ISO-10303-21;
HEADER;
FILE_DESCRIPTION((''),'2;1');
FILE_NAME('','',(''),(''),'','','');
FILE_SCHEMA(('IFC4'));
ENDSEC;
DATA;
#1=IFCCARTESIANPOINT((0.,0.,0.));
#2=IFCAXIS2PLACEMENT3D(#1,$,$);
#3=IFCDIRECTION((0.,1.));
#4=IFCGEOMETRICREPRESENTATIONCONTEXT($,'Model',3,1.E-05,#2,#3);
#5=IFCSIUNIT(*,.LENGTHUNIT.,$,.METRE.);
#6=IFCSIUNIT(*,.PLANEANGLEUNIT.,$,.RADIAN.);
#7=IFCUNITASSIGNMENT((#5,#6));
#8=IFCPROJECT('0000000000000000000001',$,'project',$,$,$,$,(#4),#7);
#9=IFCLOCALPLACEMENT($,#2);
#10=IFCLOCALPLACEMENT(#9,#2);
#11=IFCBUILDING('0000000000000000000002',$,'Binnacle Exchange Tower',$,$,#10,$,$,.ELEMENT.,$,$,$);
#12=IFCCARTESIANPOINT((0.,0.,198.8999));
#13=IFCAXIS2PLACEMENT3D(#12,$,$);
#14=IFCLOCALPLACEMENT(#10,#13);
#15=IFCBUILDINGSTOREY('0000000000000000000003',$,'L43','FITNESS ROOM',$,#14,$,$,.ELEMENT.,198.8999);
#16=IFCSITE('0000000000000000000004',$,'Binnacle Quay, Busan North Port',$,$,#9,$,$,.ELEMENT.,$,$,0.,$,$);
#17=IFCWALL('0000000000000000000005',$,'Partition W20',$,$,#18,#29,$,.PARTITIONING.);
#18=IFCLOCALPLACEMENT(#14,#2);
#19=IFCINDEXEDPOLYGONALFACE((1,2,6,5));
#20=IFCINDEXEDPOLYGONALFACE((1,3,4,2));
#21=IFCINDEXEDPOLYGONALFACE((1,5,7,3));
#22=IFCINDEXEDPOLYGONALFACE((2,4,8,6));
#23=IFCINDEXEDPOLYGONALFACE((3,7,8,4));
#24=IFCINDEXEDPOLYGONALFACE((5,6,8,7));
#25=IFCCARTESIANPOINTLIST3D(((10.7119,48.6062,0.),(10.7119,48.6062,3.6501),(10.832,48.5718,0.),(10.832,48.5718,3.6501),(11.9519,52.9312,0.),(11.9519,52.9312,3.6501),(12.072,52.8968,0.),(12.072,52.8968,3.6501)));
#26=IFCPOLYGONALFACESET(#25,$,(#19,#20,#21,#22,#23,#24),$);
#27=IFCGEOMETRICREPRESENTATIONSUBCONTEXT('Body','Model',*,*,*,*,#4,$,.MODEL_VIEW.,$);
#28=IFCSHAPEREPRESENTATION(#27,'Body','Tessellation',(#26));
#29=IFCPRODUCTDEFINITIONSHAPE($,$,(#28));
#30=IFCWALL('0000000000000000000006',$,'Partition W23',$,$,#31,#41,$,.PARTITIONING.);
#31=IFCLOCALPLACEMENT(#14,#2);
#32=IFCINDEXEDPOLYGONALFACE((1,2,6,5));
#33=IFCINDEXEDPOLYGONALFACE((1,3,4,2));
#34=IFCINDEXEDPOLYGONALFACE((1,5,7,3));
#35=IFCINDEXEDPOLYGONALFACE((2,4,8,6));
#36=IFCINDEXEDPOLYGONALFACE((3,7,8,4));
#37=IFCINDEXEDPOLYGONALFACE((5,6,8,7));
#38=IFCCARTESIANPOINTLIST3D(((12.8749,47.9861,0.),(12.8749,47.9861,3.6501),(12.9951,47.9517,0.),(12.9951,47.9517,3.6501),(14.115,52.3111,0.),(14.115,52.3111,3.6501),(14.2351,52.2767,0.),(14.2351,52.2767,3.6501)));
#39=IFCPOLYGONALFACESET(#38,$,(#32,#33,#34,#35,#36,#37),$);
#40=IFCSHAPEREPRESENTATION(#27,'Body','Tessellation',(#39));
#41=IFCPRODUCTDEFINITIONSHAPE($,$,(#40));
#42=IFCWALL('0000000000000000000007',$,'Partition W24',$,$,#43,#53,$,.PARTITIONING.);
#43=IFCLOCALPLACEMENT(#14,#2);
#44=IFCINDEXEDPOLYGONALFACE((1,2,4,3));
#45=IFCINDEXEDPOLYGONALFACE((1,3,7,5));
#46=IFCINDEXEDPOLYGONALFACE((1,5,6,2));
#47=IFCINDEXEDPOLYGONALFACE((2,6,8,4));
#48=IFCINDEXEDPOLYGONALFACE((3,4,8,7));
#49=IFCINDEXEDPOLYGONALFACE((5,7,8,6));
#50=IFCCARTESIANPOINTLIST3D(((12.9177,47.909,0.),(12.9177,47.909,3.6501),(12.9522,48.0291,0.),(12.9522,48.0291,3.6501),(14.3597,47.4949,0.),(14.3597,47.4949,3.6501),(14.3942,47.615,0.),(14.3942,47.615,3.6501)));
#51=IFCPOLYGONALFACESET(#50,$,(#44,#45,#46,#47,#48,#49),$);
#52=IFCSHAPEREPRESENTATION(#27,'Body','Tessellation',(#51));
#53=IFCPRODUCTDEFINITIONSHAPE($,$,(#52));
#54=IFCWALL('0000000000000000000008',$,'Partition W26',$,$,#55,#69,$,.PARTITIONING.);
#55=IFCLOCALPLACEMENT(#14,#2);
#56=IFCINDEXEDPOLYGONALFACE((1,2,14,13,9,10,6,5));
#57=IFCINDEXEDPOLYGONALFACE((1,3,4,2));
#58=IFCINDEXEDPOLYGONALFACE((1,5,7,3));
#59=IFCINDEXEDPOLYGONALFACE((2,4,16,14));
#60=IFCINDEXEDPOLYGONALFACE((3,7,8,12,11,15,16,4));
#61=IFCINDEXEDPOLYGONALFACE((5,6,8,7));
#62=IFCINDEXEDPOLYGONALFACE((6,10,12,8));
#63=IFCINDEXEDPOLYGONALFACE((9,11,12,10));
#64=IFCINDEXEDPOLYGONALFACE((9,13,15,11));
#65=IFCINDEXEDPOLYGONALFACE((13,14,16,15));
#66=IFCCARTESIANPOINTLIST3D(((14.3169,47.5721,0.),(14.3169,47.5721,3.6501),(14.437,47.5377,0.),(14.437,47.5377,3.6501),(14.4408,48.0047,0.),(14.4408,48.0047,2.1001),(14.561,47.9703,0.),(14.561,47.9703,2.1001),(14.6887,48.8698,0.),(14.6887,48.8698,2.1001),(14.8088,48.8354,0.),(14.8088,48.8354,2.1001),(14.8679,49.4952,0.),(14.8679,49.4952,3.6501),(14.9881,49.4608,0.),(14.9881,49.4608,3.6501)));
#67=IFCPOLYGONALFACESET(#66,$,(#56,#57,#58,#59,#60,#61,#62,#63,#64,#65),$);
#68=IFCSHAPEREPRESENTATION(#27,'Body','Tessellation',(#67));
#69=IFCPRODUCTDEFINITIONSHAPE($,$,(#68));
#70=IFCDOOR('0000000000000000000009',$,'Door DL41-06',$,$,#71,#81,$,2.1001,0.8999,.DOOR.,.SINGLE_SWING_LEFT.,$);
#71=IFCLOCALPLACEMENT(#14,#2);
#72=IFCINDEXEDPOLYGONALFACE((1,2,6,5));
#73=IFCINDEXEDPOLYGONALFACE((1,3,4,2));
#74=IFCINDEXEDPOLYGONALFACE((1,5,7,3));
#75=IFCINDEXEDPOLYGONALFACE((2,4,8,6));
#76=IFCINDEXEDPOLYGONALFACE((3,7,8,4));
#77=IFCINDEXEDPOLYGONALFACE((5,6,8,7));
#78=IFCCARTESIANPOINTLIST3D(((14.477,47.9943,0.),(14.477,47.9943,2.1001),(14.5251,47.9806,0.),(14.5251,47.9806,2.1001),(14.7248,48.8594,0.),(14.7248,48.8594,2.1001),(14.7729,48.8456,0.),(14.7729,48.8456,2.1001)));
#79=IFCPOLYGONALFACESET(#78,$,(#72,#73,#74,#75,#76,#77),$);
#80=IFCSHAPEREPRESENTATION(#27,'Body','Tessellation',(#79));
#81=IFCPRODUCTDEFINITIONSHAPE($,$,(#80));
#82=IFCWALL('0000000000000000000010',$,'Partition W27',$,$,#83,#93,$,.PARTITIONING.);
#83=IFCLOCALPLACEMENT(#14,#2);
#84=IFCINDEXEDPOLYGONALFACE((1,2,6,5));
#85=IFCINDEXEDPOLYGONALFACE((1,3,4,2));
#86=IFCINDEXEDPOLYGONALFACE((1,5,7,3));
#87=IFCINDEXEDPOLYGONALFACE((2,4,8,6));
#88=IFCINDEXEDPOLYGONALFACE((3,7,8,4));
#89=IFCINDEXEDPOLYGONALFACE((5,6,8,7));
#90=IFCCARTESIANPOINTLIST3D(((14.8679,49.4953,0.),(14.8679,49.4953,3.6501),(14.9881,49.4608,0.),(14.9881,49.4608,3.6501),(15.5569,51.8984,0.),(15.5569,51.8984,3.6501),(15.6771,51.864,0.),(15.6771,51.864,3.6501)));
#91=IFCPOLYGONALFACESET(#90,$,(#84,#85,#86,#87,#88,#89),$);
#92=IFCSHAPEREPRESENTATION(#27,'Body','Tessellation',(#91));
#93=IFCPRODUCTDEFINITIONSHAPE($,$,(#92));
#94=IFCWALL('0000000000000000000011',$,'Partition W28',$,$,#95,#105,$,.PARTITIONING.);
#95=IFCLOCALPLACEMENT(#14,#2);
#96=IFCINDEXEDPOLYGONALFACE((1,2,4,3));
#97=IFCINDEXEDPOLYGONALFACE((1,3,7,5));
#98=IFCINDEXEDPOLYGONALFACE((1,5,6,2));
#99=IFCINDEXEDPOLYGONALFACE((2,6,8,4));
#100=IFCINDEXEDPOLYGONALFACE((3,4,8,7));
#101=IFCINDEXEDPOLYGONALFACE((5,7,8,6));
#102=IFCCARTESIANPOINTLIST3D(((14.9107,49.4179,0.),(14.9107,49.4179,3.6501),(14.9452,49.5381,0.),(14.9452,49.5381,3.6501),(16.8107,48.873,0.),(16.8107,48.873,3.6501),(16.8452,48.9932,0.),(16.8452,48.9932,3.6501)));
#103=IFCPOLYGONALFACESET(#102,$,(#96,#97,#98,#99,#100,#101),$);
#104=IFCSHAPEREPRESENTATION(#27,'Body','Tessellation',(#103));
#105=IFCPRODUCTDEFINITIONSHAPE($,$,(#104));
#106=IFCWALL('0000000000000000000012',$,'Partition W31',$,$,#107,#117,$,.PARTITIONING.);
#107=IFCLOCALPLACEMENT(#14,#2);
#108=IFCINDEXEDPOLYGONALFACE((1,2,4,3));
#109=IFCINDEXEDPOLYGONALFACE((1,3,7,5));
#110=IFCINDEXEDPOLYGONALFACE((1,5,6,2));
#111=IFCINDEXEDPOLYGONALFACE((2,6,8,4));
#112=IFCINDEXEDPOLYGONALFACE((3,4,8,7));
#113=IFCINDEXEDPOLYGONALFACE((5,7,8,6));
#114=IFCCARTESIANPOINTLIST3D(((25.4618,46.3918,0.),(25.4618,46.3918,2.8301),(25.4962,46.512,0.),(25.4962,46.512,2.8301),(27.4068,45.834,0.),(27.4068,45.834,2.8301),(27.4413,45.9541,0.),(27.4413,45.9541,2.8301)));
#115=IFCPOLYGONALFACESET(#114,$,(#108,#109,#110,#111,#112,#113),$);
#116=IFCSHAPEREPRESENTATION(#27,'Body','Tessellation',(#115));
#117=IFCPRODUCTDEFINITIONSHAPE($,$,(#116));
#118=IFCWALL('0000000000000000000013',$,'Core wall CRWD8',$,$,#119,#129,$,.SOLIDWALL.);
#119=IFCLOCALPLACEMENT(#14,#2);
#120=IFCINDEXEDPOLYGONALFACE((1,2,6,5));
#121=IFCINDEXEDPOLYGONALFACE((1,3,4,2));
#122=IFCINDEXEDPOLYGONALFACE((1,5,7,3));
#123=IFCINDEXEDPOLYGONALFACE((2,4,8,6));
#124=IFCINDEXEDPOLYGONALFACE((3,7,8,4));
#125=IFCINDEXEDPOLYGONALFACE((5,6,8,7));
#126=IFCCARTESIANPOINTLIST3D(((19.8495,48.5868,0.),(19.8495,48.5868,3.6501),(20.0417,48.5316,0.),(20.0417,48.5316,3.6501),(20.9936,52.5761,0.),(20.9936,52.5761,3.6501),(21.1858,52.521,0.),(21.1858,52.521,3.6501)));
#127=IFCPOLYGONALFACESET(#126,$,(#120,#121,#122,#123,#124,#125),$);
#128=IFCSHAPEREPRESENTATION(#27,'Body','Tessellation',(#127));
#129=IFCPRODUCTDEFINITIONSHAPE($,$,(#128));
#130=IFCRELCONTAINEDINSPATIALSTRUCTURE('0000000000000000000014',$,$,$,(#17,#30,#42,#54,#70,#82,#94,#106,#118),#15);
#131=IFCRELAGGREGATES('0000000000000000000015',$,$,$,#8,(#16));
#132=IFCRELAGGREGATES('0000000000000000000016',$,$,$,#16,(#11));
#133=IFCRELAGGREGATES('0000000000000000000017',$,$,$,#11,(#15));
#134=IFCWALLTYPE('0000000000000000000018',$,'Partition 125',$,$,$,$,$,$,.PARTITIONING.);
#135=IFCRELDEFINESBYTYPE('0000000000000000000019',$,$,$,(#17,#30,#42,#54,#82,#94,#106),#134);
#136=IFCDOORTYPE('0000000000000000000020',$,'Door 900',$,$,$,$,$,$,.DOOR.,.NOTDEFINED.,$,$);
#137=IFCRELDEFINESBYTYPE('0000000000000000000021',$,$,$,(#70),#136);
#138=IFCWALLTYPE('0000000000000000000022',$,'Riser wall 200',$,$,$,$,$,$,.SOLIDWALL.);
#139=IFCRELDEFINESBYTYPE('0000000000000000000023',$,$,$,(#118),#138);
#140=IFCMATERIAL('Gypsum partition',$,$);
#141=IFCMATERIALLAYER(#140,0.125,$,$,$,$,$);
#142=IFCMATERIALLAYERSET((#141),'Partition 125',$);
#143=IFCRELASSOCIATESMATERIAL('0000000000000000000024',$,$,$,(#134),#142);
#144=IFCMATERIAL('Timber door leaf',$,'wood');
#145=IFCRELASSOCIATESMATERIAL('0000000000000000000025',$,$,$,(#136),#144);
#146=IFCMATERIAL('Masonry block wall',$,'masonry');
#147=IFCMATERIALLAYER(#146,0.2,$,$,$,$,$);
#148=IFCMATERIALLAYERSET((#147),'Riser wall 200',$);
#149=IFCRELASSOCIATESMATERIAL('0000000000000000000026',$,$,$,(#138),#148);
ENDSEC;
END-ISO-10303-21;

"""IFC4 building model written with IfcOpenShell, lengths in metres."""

from ifc_helpers import new_model, si_unit, direction, frame, frame_2d, origin, place, context, subcontext, project, spatial, rectangle, extrude, material, layer, layer_set, type_object, element, fill, save


model = new_model("IFC4")

# Units and contexts
model_context = context("Model", 3, precision=1e-05, world=origin(), true_north=direction((0.0, 1.0)))
body_context = subcontext(model_context, "Body", "Model", "MODEL_VIEW")
ifc_project = project(units=[si_unit("LENGTHUNIT", "METRE"), si_unit("PLANEANGLEUNIT", "RADIAN")], contexts=[model_context])

# Site, building, storey
site_placement = place(None, origin())
site = spatial("IfcSite", under=ifc_project, at=site_placement, Name="Binnacle Quay, Busan North Port", CompositionType="ELEMENT", RefElevation=0.0)
building_placement = place(site_placement, origin())
building = spatial("IfcBuilding", under=site, at=building_placement, Name="Binnacle Exchange Tower", CompositionType="ELEMENT")
storey_placement = place(building_placement, frame((0.0, 0.0, 198.8999)))
storey = spatial("IfcBuildingStorey", under=building, at=storey_placement, Name="L43", Description="FITNESS ROOM", CompositionType="ELEMENT", Elevation=198.8999)

# Walls
ifc_material_1 = material(Name="Gypsum partition")
ifc_layer_1 = layer(ifc_material_1, 0.125)
ifc_layer_set_1 = layer_set([ifc_layer_1], Name="Partition 125")
wall_type_1 = type_object("IfcWallType", Name="Partition 125", PredefinedType="PARTITIONING", material=ifc_layer_set_1)
for number, where, z_axis, x_axis, name in (
    (1, (10.772, 48.5891, 0.0), (0.0, 0.0, 1.0), (0.275603, 0.961272, 0.0), "Partition W20"),
    (2, (12.9351, 47.969, 0.0), (0.0, 0.0, 1.0), (0.275603, 0.961272, 0.0), "Partition W23"),
):
    element("IfcWall", number, at=place(storey_placement, frame(where, z_axis=z_axis, x_axis=x_axis)), inside=storey, type_object=wall_type_1, Name=name, PredefinedType="PARTITIONING", context=body_context, shape_type="SweptSolid", body=[
        extrude(rectangle(XDim=4.4993, YDim=0.125, at=frame_2d((2.2495, 0.0))), origin(), (0.0, 0.0, 1.0), 3.6501),
    ])
wall_1_placement = place(storey_placement, frame((12.9351, 47.969, 0.0), z_axis=(0.0, 0.0, 1.0), x_axis=(0.961155, -0.276011, 0.0)))
element("IfcWall", 3, at=wall_1_placement, inside=storey, type_object=wall_type_1, Name="Partition W24", PredefinedType="PARTITIONING", context=body_context, shape_type="SweptSolid", body=[
    extrude(rectangle(XDim=1.5002, YDim=0.125, at=frame_2d((0.75, 0.0))), origin(), (0.0, 0.0, 1.0), 3.6501),
])

# Wall, opening, door
wall_2_placement = place(storey_placement, frame((14.377, 47.5549, 0.0), z_axis=(0.0, 0.0, 1.0), x_axis=(0.275446, 0.961316, 0.0)))
wall_2 = element("IfcWall", 4, at=wall_2_placement, inside=storey, type_object=wall_type_1, Name="Partition W26", PredefinedType="PARTITIONING", context=body_context, shape_type="SweptSolid", body=[
    extrude(rectangle(XDim=2.0005, YDim=0.125, at=frame_2d((1.0002, 0.0))), origin(), (0.0, 0.0, 1.0), 3.6501),
])
opening_1_placement = place(wall_2_placement, frame((0.45, 0.0, 0.0)))
opening_1 = element("IfcOpeningElement", 5, at=opening_1_placement, cuts=wall_2, PredefinedType="OPENING", context=body_context, shape_type="SweptSolid", body=[
    extrude(rectangle(XDim=0.8999, YDim=2.1001, at=frame_2d((0.45, 1.05))), frame((0.0, 0.0725, 0.0), z_axis=(0.0, -1.0, 0.0), x_axis=(1.0, 0.0, 0.0)), (0.0, 0.0, 1.0), 0.145),
])
ifc_material_2 = material(Name="Timber door leaf", Category="wood")
door_type_1 = type_object("IfcDoorType", Name="Door 900", OperationType="NOTDEFINED", PredefinedType="DOOR", material=ifc_material_2)
door_1_placement = place(opening_1_placement, origin())
door_1 = element("IfcDoor", 6, at=door_1_placement, inside=storey, type_object=door_type_1, Name="Door DL41-06", OperationType="SINGLE_SWING_LEFT", OverallHeight=2.1001, OverallWidth=0.8999, PredefinedType="DOOR", context=body_context, shape_type="SweptSolid", body=[
    extrude(rectangle(XDim=0.8999, YDim=2.1001, at=frame_2d((0.45, 1.05))), frame((0.0, 0.0249, 0.0), z_axis=(0.0, -1.0, 0.0), x_axis=(1.0, 0.0, 0.0)), (0.0, 0.0, 1.0), 0.05),
])
fill(opening_1, door_1)

# Walls
wall_3_placement = place(storey_placement, frame((14.928, 49.478, 0.0), z_axis=(0.0, 0.0, 1.0), x_axis=(0.275598, 0.961273, 0.0)))
element("IfcWall", 7, at=wall_3_placement, inside=storey, type_object=wall_type_1, Name="Partition W27", PredefinedType="PARTITIONING", context=body_context, shape_type="SweptSolid", body=[
    extrude(rectangle(XDim=2.5, YDim=0.125, at=frame_2d((1.25, 0.0))), origin(), (0.0, 0.0, 1.0), 3.6501),
])
wall_4_placement = place(storey_placement, frame((14.928, 49.478, 0.0), z_axis=(0.0, 0.0, 1.0), x_axis=(0.961244, -0.2757, 0.0)))
element("IfcWall", 8, at=wall_4_placement, inside=storey, type_object=wall_type_1, Name="Partition W28", PredefinedType="PARTITIONING", context=body_context, shape_type="SweptSolid", body=[
    extrude(rectangle(XDim=1.9766, YDim=0.125, at=frame_2d((0.9883, 0.0))), origin(), (0.0, 0.0, 1.0), 3.6501),
])
wall_5_placement = place(storey_placement, frame((25.479, 46.4519, 0.0), z_axis=(0.0, 0.0, 1.0), x_axis=(0.961246, -0.275693, 0.0)))
element("IfcWall", 9, at=wall_5_placement, inside=storey, type_object=wall_type_1, Name="Partition W31", PredefinedType="PARTITIONING", context=body_context, shape_type="SweptSolid", body=[
    extrude(rectangle(XDim=2.0234, YDim=0.125, at=frame_2d((1.0117, 0.0))), origin(), (0.0, 0.0, 1.0), 2.8301),
])
ifc_material_3 = material(Name="Masonry block wall", Category="masonry")
ifc_layer_2 = layer(ifc_material_3, 0.2)
ifc_layer_set_2 = layer_set([ifc_layer_2], Name="Riser wall 200")
wall_type_2 = type_object("IfcWallType", Name="Riser wall 200", PredefinedType="SOLIDWALL", material=ifc_layer_set_2)
wall_6_placement = place(storey_placement, frame((19.9456, 48.5591, 0.0), z_axis=(0.0, 0.0, 1.0), x_axis=(0.275669, 0.961253, 0.0)))
element("IfcWall", 10, at=wall_6_placement, inside=storey, type_object=wall_type_2, Name="Core wall CRWD8", PredefinedType="SOLIDWALL", context=body_context, shape_type="SweptSolid", body=[
    extrude(rectangle(XDim=4.1501, YDim=0.2, at=frame_2d((2.0752, 0.0))), origin(), (0.0, 0.0, 1.0), 3.6501),
])

save(model, "model.ifc")
